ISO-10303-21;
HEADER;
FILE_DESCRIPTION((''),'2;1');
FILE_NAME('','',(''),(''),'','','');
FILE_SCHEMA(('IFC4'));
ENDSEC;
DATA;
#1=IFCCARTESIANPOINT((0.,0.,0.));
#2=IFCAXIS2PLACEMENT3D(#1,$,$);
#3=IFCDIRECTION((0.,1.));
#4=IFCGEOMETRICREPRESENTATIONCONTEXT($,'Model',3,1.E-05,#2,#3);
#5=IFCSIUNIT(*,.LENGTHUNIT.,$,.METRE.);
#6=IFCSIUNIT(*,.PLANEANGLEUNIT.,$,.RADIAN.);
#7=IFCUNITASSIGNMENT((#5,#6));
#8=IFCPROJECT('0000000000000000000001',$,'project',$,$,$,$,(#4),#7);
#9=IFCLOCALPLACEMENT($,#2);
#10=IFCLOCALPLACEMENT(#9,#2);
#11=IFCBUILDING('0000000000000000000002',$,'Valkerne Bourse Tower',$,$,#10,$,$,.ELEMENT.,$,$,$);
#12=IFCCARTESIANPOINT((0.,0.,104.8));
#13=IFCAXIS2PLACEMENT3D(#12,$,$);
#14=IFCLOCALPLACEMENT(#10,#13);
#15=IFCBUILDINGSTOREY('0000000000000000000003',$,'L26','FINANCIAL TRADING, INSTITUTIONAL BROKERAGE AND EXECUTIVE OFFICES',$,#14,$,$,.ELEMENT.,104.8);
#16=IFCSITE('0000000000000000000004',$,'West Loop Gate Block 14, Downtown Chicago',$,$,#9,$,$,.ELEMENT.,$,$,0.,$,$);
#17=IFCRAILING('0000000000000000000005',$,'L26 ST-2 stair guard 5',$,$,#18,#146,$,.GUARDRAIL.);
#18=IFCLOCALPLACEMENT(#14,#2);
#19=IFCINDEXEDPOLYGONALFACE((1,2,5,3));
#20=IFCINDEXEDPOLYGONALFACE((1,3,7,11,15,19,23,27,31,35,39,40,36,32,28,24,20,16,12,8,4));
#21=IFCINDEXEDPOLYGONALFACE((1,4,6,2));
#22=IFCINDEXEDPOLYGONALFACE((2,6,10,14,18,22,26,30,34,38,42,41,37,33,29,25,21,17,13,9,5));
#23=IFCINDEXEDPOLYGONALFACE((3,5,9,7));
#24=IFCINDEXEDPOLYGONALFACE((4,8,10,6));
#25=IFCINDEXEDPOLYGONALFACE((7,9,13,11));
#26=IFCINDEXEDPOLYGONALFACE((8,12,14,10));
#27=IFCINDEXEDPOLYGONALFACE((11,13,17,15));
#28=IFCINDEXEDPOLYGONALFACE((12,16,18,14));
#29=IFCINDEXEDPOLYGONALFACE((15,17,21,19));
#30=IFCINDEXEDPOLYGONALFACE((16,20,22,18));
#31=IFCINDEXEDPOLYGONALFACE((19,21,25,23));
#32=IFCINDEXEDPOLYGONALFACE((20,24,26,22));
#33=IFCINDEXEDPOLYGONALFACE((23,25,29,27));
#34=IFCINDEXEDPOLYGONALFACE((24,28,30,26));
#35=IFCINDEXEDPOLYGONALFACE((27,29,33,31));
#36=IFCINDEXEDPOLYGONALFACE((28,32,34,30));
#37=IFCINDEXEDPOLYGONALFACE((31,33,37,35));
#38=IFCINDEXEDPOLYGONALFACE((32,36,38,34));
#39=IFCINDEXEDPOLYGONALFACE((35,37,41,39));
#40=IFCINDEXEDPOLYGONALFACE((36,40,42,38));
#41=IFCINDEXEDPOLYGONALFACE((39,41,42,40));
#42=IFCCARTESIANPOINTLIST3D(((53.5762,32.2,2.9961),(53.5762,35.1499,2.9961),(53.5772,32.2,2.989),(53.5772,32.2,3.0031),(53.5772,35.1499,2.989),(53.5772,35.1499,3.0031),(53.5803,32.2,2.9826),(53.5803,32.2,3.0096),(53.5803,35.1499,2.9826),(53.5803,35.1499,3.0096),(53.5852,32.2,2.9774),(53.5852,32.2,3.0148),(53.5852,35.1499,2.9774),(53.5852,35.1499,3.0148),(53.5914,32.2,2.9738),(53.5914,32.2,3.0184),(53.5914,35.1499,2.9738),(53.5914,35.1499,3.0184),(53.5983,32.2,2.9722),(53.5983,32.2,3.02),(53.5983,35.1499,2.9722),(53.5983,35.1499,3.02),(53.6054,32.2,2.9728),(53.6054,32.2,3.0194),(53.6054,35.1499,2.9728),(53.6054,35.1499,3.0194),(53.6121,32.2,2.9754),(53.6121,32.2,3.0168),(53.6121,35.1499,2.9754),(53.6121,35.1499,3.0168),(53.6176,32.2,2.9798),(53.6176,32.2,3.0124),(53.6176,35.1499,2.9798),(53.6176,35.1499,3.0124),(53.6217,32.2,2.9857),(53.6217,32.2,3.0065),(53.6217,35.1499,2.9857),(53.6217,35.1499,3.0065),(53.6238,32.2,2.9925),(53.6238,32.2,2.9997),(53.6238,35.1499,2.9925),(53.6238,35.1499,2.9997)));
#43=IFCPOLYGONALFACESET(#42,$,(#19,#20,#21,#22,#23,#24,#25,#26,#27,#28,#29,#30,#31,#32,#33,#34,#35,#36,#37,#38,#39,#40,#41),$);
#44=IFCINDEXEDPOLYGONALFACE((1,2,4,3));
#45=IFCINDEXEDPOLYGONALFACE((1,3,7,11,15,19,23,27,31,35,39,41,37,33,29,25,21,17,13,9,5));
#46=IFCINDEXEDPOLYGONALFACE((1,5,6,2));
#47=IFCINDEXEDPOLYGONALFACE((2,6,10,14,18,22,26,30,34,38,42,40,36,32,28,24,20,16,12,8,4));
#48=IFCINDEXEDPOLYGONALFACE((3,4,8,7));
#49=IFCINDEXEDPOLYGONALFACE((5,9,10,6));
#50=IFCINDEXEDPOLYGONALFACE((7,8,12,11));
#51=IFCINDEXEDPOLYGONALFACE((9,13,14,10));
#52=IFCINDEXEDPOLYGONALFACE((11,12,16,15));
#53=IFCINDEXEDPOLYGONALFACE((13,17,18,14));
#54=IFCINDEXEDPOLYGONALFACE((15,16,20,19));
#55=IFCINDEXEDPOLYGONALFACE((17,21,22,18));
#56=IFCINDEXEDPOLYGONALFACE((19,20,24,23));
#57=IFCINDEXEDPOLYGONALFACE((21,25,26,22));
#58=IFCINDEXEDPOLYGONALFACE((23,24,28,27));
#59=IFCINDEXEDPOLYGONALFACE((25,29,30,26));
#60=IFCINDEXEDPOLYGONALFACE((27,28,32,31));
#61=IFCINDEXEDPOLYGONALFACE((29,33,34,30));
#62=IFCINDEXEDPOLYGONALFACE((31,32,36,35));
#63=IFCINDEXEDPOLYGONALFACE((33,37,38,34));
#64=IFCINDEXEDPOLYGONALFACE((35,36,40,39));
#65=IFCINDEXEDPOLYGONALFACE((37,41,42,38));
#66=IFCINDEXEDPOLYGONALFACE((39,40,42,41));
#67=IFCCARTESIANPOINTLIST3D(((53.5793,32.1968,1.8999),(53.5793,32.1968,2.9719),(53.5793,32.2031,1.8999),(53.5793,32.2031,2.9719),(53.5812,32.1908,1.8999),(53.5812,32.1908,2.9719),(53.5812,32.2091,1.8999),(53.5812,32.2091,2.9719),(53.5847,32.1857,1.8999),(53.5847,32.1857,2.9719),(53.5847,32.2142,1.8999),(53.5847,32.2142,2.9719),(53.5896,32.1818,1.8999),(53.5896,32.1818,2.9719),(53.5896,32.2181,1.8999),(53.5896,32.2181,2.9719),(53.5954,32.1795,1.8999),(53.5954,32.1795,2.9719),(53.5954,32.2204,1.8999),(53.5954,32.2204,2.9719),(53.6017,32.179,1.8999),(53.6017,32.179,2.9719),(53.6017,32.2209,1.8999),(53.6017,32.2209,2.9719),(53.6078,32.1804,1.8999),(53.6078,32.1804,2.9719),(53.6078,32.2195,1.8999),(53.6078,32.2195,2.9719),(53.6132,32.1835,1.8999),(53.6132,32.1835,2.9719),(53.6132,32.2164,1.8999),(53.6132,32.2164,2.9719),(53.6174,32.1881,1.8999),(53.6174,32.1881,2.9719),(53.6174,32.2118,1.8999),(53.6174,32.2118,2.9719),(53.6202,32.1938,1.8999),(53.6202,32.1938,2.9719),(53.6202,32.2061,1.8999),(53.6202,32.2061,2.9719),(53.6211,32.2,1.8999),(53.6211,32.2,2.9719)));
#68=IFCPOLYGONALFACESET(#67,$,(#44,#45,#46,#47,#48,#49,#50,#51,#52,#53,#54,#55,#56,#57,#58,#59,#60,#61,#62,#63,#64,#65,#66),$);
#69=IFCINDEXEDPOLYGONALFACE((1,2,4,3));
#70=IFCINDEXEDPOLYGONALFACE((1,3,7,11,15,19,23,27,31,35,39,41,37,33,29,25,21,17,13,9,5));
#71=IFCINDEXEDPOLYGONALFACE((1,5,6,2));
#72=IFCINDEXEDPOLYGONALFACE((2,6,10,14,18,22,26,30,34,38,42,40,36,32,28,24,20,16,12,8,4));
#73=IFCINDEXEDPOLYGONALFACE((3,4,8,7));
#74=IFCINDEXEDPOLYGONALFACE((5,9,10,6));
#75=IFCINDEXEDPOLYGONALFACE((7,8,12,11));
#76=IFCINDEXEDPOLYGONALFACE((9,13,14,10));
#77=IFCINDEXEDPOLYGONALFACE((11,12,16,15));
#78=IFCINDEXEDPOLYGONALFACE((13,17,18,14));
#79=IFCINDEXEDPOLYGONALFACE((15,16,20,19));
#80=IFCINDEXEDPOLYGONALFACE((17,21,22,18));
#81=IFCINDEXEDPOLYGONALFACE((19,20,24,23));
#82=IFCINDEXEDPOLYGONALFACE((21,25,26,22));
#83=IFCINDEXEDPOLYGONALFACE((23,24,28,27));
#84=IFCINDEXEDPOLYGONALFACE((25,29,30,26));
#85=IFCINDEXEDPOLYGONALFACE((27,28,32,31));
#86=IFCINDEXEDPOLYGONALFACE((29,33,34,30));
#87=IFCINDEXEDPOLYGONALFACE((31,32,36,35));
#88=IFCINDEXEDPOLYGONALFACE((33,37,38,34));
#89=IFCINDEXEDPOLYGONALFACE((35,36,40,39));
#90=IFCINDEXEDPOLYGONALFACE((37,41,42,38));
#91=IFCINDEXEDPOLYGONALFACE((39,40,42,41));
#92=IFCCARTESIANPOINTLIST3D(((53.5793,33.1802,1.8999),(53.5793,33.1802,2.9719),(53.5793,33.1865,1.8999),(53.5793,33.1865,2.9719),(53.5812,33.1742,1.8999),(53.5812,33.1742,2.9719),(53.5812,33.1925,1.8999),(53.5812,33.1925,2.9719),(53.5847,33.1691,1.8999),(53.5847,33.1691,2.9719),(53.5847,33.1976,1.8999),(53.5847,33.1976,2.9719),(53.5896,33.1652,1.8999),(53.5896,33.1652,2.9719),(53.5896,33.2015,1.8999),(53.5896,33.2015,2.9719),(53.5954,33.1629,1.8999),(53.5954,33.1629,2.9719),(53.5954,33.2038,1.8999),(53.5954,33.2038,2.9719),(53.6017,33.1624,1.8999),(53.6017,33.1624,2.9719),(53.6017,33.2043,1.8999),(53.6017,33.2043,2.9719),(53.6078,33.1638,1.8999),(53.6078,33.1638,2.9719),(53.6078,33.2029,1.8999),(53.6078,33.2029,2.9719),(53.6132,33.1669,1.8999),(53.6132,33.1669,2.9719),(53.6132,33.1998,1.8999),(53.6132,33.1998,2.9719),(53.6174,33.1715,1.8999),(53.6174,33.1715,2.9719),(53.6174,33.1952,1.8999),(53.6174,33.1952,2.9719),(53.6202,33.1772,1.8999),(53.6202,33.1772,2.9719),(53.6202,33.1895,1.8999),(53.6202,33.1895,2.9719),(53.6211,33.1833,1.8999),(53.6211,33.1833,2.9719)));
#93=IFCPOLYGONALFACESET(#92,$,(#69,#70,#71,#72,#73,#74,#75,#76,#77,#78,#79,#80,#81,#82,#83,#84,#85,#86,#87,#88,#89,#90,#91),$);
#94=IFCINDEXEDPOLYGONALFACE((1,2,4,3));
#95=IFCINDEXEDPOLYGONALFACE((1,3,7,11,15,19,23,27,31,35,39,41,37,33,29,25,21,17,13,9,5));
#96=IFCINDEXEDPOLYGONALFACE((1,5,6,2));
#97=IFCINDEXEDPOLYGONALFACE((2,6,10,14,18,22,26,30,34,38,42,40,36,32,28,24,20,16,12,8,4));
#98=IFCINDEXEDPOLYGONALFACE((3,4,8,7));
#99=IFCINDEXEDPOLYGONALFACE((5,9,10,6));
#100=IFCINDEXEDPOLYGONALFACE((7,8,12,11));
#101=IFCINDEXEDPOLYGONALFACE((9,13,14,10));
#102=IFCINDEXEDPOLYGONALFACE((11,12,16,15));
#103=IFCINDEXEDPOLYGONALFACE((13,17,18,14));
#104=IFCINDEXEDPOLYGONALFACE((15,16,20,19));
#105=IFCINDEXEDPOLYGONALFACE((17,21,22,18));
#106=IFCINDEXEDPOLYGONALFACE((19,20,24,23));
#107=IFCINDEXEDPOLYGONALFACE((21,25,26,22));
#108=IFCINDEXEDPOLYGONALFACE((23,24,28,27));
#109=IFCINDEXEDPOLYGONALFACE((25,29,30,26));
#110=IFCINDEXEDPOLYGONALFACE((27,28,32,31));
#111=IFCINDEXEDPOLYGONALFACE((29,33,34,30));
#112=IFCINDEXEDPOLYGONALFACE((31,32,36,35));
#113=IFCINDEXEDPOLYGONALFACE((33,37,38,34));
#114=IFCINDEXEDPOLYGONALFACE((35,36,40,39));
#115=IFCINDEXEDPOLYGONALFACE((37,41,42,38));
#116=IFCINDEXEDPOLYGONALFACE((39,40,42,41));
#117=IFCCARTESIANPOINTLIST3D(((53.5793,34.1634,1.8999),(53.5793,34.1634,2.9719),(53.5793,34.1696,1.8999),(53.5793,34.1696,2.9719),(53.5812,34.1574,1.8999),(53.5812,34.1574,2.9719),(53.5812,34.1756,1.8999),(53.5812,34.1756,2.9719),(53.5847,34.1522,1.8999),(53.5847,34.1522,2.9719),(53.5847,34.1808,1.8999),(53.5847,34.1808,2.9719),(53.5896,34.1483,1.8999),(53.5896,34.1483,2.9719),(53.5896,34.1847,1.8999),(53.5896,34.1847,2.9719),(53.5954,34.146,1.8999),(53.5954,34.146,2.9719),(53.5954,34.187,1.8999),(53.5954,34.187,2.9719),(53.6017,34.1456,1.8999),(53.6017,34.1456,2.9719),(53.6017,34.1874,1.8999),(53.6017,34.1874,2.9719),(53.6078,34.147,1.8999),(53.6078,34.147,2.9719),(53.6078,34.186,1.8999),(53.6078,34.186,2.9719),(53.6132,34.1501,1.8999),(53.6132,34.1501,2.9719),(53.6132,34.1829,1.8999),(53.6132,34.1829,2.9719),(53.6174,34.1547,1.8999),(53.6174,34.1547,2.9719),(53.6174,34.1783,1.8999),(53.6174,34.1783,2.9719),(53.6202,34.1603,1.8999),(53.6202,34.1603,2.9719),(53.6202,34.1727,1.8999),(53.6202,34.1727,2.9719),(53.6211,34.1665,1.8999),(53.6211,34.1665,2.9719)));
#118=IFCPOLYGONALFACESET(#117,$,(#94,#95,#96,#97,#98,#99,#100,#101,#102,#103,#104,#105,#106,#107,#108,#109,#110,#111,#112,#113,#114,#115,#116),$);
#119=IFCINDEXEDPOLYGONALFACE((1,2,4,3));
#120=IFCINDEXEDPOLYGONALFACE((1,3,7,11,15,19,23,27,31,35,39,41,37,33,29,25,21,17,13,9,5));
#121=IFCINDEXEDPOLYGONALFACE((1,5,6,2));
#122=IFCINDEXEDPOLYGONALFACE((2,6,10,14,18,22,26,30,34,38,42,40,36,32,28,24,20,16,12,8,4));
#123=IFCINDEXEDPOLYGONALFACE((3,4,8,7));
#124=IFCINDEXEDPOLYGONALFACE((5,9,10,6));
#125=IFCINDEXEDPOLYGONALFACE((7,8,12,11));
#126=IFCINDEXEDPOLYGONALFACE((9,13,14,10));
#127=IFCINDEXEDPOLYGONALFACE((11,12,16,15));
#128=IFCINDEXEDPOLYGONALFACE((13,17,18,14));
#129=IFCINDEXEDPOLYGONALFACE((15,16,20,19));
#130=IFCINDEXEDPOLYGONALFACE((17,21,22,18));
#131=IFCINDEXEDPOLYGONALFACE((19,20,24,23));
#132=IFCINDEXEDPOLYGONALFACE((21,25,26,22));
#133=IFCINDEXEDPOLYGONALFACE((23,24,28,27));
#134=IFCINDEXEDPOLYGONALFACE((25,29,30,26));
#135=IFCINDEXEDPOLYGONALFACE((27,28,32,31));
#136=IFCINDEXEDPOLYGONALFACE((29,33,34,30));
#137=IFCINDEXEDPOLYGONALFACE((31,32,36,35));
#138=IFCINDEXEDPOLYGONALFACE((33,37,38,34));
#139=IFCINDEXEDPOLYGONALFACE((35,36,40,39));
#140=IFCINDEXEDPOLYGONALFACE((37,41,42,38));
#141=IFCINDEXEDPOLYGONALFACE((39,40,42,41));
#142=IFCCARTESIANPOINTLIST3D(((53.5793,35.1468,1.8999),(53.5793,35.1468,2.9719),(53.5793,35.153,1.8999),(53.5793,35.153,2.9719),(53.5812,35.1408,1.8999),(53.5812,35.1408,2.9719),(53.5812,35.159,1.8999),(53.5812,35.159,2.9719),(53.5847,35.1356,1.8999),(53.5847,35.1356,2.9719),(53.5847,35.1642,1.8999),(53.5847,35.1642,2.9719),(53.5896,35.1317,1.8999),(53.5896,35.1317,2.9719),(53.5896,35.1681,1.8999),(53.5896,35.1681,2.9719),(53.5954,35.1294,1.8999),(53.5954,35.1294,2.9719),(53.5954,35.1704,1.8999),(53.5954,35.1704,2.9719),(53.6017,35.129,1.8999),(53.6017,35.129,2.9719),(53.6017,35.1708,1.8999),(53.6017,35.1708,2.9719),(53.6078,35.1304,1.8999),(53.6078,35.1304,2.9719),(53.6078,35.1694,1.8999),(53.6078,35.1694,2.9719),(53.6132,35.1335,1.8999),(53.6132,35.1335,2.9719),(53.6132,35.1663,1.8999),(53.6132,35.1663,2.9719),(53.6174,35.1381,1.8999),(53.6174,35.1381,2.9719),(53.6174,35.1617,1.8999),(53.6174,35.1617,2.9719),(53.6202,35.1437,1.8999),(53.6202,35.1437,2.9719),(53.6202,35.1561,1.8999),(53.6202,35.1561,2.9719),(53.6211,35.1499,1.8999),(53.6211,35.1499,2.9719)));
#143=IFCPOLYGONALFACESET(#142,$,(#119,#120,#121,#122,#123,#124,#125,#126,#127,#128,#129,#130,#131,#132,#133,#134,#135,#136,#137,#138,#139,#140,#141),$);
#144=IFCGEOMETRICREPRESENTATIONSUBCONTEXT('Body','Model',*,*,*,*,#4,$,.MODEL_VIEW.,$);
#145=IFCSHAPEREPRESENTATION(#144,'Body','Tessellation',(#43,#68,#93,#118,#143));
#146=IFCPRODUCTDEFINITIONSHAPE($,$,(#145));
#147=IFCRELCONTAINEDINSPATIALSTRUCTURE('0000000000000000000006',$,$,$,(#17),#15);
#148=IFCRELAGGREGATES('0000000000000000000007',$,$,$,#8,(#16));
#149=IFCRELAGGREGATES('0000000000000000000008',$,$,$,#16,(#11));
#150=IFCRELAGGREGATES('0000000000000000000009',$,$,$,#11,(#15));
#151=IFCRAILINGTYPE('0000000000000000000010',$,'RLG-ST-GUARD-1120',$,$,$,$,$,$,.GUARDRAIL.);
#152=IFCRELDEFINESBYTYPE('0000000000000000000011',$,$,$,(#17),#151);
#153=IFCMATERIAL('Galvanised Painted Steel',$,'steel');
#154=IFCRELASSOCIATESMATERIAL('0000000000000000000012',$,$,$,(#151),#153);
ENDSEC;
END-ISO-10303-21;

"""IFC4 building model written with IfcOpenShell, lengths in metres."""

from ifc_helpers import new_model, si_unit, direction, frame, origin, origin_2d, place, context, subcontext, project, spatial, circle, extrude, material, type_object, element, save


model = new_model("IFC4")

# Units and contexts
model_context = context("Model", 3, precision=1e-05, world=origin(), true_north=direction((0.0, 1.0)))
body_context = subcontext(model_context, "Body", "Model", "MODEL_VIEW")
ifc_project = project(units=[si_unit("LENGTHUNIT", "METRE"), si_unit("PLANEANGLEUNIT", "RADIAN")], contexts=[model_context])

# Site, building, storey
site_placement = place(None, origin())
site = spatial("IfcSite", under=ifc_project, at=site_placement, Name="West Loop Gate Block 14, Downtown Chicago", CompositionType="ELEMENT", RefElevation=0.0)
building_placement = place(site_placement, origin())
building = spatial("IfcBuilding", under=site, at=building_placement, Name="Valkerne Bourse Tower", CompositionType="ELEMENT")
storey_placement = place(building_placement, frame((0.0, 0.0, 104.8)))
storey = spatial("IfcBuildingStorey", under=building, at=storey_placement, Name="L26", Description="FINANCIAL TRADING, INSTITUTIONAL BROKERAGE AND EXECUTIVE OFFICES", CompositionType="ELEMENT", Elevation=104.8)

# Railing
ifc_material_1 = material(Name="Galvanised Painted Steel", Category="steel")
railing_type_1 = type_object("IfcRailingType", Name="RLG-ST-GUARD-1120", PredefinedType="GUARDRAIL", material=ifc_material_1)
railing_1_placement = place(storey_placement, frame((53.6001, 32.2, 1.8999)))
element("IfcRailing", 1, at=railing_1_placement, inside=storey, type_object=railing_type_1, Name="L26 ST-2 stair guard 5", PredefinedType="GUARDRAIL", context=body_context, shape_type="SweptSolid", body=[
    extrude(circle(Radius=0.0239, at=origin_2d()), frame((0.0, 0.0, 1.0962), z_axis=(0.0, 1.0, 0.0), x_axis=(-1.0, 0.0, 0.0)), (0.0, 0.0, 1.0), 2.95),
    extrude(circle(Radius=0.021, at=origin_2d()), origin(), (0.0, 0.0, 1.0), 1.072),
    extrude(circle(Radius=0.021, at=origin_2d()), frame((0.0, 0.9834, 0.0)), (0.0, 0.0, 1.0), 1.072),
    extrude(circle(Radius=0.021, at=origin_2d()), frame((0.0, 1.9666, 0.0)), (0.0, 0.0, 1.0), 1.072),
    extrude(circle(Radius=0.021, at=origin_2d()), frame((0.0, 2.95, 0.0)), (0.0, 0.0, 1.0), 1.072),
])

save(model, "model.ifc")
